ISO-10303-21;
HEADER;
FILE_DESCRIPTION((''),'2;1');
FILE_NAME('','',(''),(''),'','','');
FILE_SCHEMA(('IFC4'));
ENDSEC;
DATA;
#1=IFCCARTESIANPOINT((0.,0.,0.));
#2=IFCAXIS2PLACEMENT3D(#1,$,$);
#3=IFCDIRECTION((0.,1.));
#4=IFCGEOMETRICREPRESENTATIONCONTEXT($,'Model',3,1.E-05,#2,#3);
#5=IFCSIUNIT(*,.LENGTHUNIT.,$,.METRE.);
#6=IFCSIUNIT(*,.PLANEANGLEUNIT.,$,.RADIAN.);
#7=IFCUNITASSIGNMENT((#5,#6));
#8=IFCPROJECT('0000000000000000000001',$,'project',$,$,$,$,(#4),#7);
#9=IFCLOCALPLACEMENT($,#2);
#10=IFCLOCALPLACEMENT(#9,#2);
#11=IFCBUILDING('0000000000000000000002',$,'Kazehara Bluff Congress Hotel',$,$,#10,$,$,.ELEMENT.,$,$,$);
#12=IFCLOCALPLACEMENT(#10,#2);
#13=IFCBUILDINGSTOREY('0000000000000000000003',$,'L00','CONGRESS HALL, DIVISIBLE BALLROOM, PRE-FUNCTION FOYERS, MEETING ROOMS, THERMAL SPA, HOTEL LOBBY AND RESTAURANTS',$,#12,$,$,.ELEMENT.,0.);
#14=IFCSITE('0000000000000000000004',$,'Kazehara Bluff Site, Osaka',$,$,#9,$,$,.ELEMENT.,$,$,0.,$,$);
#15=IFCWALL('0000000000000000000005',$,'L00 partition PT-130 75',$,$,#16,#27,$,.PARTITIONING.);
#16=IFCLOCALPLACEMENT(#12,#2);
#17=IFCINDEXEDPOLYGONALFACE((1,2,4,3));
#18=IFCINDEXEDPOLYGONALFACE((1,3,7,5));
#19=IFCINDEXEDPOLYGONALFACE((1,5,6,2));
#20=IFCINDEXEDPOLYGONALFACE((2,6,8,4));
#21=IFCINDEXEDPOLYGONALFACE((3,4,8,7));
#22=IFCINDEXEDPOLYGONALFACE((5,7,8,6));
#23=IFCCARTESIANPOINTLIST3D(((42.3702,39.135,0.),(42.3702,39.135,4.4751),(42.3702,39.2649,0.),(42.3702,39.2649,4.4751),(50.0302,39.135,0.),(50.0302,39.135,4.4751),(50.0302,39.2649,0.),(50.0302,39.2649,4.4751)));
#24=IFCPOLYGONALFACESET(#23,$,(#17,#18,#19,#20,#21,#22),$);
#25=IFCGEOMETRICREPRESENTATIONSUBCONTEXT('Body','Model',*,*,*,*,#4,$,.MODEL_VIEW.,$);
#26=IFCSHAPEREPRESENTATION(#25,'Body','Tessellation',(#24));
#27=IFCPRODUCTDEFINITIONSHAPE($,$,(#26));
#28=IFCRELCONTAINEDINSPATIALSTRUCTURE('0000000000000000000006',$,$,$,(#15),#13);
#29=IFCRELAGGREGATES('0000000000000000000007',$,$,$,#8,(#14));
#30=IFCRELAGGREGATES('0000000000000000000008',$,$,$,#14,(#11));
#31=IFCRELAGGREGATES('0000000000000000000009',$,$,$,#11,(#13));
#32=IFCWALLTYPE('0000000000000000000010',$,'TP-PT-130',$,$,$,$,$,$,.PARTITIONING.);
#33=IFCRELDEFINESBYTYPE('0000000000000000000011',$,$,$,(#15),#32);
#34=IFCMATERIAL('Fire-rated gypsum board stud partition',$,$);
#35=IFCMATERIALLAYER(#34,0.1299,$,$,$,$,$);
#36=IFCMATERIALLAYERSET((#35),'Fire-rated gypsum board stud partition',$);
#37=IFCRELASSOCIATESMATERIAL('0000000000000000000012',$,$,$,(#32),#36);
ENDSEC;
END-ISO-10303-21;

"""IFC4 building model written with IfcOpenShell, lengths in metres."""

from ifc_helpers import new_model, si_unit, direction, frame, frame_2d, origin, place, context, subcontext, project, spatial, rectangle, extrude, material, layer, layer_set, type_object, element, save


model = new_model("IFC4")

# Units and contexts
model_context = context("Model", 3, precision=1e-05, world=origin(), true_north=direction((0.0, 1.0)))
body_context = subcontext(model_context, "Body", "Model", "MODEL_VIEW")
ifc_project = project(units=[si_unit("LENGTHUNIT", "METRE"), si_unit("PLANEANGLEUNIT", "RADIAN")], contexts=[model_context])

# Site, building, storey
site_placement = place(None, origin())
site = spatial("IfcSite", under=ifc_project, at=site_placement, Name="Kazehara Bluff Site, Osaka", CompositionType="ELEMENT", RefElevation=0.0)
building_placement = place(site_placement, origin())
building = spatial("IfcBuilding", under=site, at=building_placement, Name="Kazehara Bluff Congress Hotel", CompositionType="ELEMENT")
storey_placement = place(building_placement, origin())
storey = spatial("IfcBuildingStorey", under=building, at=storey_placement, Name="L00", Description="CONGRESS HALL, DIVISIBLE BALLROOM, PRE-FUNCTION FOYERS, MEETING ROOMS, THERMAL SPA, HOTEL LOBBY AND RESTAURANTS", CompositionType="ELEMENT", Elevation=0.0)

# Shared definitions
ifc_material_1 = material(Name="Fire-rated gypsum board stud partition")
ifc_layer_1 = layer(ifc_material_1, 0.1299)
ifc_layer_set_1 = layer_set([ifc_layer_1], Name="Fire-rated gypsum board stud partition")
wall_type = type_object("IfcWallType", Name="TP-PT-130", PredefinedType="PARTITIONING", material=ifc_layer_set_1)

# Wall
for number, where, z_axis, x_axis, name in (
    (1, (42.3701, 39.2, 0.0), (0.0, 0.0, 1.0), (1.0, 0.0, 0.0), "L00 partition PT-130 75"),
):
    element("IfcWall", number, at=place(storey_placement, frame(where, z_axis=z_axis, x_axis=x_axis)), inside=storey, type_object=wall_type, Name=name, PredefinedType="PARTITIONING", context=body_context, shape_type="SweptSolid", body=[
        extrude(rectangle(XDim=7.6599, YDim=0.1299, at=frame_2d((3.8301, 0.0))), origin(), (0.0, 0.0, 1.0), 4.4751),
    ])

save(model, "model.ifc")
